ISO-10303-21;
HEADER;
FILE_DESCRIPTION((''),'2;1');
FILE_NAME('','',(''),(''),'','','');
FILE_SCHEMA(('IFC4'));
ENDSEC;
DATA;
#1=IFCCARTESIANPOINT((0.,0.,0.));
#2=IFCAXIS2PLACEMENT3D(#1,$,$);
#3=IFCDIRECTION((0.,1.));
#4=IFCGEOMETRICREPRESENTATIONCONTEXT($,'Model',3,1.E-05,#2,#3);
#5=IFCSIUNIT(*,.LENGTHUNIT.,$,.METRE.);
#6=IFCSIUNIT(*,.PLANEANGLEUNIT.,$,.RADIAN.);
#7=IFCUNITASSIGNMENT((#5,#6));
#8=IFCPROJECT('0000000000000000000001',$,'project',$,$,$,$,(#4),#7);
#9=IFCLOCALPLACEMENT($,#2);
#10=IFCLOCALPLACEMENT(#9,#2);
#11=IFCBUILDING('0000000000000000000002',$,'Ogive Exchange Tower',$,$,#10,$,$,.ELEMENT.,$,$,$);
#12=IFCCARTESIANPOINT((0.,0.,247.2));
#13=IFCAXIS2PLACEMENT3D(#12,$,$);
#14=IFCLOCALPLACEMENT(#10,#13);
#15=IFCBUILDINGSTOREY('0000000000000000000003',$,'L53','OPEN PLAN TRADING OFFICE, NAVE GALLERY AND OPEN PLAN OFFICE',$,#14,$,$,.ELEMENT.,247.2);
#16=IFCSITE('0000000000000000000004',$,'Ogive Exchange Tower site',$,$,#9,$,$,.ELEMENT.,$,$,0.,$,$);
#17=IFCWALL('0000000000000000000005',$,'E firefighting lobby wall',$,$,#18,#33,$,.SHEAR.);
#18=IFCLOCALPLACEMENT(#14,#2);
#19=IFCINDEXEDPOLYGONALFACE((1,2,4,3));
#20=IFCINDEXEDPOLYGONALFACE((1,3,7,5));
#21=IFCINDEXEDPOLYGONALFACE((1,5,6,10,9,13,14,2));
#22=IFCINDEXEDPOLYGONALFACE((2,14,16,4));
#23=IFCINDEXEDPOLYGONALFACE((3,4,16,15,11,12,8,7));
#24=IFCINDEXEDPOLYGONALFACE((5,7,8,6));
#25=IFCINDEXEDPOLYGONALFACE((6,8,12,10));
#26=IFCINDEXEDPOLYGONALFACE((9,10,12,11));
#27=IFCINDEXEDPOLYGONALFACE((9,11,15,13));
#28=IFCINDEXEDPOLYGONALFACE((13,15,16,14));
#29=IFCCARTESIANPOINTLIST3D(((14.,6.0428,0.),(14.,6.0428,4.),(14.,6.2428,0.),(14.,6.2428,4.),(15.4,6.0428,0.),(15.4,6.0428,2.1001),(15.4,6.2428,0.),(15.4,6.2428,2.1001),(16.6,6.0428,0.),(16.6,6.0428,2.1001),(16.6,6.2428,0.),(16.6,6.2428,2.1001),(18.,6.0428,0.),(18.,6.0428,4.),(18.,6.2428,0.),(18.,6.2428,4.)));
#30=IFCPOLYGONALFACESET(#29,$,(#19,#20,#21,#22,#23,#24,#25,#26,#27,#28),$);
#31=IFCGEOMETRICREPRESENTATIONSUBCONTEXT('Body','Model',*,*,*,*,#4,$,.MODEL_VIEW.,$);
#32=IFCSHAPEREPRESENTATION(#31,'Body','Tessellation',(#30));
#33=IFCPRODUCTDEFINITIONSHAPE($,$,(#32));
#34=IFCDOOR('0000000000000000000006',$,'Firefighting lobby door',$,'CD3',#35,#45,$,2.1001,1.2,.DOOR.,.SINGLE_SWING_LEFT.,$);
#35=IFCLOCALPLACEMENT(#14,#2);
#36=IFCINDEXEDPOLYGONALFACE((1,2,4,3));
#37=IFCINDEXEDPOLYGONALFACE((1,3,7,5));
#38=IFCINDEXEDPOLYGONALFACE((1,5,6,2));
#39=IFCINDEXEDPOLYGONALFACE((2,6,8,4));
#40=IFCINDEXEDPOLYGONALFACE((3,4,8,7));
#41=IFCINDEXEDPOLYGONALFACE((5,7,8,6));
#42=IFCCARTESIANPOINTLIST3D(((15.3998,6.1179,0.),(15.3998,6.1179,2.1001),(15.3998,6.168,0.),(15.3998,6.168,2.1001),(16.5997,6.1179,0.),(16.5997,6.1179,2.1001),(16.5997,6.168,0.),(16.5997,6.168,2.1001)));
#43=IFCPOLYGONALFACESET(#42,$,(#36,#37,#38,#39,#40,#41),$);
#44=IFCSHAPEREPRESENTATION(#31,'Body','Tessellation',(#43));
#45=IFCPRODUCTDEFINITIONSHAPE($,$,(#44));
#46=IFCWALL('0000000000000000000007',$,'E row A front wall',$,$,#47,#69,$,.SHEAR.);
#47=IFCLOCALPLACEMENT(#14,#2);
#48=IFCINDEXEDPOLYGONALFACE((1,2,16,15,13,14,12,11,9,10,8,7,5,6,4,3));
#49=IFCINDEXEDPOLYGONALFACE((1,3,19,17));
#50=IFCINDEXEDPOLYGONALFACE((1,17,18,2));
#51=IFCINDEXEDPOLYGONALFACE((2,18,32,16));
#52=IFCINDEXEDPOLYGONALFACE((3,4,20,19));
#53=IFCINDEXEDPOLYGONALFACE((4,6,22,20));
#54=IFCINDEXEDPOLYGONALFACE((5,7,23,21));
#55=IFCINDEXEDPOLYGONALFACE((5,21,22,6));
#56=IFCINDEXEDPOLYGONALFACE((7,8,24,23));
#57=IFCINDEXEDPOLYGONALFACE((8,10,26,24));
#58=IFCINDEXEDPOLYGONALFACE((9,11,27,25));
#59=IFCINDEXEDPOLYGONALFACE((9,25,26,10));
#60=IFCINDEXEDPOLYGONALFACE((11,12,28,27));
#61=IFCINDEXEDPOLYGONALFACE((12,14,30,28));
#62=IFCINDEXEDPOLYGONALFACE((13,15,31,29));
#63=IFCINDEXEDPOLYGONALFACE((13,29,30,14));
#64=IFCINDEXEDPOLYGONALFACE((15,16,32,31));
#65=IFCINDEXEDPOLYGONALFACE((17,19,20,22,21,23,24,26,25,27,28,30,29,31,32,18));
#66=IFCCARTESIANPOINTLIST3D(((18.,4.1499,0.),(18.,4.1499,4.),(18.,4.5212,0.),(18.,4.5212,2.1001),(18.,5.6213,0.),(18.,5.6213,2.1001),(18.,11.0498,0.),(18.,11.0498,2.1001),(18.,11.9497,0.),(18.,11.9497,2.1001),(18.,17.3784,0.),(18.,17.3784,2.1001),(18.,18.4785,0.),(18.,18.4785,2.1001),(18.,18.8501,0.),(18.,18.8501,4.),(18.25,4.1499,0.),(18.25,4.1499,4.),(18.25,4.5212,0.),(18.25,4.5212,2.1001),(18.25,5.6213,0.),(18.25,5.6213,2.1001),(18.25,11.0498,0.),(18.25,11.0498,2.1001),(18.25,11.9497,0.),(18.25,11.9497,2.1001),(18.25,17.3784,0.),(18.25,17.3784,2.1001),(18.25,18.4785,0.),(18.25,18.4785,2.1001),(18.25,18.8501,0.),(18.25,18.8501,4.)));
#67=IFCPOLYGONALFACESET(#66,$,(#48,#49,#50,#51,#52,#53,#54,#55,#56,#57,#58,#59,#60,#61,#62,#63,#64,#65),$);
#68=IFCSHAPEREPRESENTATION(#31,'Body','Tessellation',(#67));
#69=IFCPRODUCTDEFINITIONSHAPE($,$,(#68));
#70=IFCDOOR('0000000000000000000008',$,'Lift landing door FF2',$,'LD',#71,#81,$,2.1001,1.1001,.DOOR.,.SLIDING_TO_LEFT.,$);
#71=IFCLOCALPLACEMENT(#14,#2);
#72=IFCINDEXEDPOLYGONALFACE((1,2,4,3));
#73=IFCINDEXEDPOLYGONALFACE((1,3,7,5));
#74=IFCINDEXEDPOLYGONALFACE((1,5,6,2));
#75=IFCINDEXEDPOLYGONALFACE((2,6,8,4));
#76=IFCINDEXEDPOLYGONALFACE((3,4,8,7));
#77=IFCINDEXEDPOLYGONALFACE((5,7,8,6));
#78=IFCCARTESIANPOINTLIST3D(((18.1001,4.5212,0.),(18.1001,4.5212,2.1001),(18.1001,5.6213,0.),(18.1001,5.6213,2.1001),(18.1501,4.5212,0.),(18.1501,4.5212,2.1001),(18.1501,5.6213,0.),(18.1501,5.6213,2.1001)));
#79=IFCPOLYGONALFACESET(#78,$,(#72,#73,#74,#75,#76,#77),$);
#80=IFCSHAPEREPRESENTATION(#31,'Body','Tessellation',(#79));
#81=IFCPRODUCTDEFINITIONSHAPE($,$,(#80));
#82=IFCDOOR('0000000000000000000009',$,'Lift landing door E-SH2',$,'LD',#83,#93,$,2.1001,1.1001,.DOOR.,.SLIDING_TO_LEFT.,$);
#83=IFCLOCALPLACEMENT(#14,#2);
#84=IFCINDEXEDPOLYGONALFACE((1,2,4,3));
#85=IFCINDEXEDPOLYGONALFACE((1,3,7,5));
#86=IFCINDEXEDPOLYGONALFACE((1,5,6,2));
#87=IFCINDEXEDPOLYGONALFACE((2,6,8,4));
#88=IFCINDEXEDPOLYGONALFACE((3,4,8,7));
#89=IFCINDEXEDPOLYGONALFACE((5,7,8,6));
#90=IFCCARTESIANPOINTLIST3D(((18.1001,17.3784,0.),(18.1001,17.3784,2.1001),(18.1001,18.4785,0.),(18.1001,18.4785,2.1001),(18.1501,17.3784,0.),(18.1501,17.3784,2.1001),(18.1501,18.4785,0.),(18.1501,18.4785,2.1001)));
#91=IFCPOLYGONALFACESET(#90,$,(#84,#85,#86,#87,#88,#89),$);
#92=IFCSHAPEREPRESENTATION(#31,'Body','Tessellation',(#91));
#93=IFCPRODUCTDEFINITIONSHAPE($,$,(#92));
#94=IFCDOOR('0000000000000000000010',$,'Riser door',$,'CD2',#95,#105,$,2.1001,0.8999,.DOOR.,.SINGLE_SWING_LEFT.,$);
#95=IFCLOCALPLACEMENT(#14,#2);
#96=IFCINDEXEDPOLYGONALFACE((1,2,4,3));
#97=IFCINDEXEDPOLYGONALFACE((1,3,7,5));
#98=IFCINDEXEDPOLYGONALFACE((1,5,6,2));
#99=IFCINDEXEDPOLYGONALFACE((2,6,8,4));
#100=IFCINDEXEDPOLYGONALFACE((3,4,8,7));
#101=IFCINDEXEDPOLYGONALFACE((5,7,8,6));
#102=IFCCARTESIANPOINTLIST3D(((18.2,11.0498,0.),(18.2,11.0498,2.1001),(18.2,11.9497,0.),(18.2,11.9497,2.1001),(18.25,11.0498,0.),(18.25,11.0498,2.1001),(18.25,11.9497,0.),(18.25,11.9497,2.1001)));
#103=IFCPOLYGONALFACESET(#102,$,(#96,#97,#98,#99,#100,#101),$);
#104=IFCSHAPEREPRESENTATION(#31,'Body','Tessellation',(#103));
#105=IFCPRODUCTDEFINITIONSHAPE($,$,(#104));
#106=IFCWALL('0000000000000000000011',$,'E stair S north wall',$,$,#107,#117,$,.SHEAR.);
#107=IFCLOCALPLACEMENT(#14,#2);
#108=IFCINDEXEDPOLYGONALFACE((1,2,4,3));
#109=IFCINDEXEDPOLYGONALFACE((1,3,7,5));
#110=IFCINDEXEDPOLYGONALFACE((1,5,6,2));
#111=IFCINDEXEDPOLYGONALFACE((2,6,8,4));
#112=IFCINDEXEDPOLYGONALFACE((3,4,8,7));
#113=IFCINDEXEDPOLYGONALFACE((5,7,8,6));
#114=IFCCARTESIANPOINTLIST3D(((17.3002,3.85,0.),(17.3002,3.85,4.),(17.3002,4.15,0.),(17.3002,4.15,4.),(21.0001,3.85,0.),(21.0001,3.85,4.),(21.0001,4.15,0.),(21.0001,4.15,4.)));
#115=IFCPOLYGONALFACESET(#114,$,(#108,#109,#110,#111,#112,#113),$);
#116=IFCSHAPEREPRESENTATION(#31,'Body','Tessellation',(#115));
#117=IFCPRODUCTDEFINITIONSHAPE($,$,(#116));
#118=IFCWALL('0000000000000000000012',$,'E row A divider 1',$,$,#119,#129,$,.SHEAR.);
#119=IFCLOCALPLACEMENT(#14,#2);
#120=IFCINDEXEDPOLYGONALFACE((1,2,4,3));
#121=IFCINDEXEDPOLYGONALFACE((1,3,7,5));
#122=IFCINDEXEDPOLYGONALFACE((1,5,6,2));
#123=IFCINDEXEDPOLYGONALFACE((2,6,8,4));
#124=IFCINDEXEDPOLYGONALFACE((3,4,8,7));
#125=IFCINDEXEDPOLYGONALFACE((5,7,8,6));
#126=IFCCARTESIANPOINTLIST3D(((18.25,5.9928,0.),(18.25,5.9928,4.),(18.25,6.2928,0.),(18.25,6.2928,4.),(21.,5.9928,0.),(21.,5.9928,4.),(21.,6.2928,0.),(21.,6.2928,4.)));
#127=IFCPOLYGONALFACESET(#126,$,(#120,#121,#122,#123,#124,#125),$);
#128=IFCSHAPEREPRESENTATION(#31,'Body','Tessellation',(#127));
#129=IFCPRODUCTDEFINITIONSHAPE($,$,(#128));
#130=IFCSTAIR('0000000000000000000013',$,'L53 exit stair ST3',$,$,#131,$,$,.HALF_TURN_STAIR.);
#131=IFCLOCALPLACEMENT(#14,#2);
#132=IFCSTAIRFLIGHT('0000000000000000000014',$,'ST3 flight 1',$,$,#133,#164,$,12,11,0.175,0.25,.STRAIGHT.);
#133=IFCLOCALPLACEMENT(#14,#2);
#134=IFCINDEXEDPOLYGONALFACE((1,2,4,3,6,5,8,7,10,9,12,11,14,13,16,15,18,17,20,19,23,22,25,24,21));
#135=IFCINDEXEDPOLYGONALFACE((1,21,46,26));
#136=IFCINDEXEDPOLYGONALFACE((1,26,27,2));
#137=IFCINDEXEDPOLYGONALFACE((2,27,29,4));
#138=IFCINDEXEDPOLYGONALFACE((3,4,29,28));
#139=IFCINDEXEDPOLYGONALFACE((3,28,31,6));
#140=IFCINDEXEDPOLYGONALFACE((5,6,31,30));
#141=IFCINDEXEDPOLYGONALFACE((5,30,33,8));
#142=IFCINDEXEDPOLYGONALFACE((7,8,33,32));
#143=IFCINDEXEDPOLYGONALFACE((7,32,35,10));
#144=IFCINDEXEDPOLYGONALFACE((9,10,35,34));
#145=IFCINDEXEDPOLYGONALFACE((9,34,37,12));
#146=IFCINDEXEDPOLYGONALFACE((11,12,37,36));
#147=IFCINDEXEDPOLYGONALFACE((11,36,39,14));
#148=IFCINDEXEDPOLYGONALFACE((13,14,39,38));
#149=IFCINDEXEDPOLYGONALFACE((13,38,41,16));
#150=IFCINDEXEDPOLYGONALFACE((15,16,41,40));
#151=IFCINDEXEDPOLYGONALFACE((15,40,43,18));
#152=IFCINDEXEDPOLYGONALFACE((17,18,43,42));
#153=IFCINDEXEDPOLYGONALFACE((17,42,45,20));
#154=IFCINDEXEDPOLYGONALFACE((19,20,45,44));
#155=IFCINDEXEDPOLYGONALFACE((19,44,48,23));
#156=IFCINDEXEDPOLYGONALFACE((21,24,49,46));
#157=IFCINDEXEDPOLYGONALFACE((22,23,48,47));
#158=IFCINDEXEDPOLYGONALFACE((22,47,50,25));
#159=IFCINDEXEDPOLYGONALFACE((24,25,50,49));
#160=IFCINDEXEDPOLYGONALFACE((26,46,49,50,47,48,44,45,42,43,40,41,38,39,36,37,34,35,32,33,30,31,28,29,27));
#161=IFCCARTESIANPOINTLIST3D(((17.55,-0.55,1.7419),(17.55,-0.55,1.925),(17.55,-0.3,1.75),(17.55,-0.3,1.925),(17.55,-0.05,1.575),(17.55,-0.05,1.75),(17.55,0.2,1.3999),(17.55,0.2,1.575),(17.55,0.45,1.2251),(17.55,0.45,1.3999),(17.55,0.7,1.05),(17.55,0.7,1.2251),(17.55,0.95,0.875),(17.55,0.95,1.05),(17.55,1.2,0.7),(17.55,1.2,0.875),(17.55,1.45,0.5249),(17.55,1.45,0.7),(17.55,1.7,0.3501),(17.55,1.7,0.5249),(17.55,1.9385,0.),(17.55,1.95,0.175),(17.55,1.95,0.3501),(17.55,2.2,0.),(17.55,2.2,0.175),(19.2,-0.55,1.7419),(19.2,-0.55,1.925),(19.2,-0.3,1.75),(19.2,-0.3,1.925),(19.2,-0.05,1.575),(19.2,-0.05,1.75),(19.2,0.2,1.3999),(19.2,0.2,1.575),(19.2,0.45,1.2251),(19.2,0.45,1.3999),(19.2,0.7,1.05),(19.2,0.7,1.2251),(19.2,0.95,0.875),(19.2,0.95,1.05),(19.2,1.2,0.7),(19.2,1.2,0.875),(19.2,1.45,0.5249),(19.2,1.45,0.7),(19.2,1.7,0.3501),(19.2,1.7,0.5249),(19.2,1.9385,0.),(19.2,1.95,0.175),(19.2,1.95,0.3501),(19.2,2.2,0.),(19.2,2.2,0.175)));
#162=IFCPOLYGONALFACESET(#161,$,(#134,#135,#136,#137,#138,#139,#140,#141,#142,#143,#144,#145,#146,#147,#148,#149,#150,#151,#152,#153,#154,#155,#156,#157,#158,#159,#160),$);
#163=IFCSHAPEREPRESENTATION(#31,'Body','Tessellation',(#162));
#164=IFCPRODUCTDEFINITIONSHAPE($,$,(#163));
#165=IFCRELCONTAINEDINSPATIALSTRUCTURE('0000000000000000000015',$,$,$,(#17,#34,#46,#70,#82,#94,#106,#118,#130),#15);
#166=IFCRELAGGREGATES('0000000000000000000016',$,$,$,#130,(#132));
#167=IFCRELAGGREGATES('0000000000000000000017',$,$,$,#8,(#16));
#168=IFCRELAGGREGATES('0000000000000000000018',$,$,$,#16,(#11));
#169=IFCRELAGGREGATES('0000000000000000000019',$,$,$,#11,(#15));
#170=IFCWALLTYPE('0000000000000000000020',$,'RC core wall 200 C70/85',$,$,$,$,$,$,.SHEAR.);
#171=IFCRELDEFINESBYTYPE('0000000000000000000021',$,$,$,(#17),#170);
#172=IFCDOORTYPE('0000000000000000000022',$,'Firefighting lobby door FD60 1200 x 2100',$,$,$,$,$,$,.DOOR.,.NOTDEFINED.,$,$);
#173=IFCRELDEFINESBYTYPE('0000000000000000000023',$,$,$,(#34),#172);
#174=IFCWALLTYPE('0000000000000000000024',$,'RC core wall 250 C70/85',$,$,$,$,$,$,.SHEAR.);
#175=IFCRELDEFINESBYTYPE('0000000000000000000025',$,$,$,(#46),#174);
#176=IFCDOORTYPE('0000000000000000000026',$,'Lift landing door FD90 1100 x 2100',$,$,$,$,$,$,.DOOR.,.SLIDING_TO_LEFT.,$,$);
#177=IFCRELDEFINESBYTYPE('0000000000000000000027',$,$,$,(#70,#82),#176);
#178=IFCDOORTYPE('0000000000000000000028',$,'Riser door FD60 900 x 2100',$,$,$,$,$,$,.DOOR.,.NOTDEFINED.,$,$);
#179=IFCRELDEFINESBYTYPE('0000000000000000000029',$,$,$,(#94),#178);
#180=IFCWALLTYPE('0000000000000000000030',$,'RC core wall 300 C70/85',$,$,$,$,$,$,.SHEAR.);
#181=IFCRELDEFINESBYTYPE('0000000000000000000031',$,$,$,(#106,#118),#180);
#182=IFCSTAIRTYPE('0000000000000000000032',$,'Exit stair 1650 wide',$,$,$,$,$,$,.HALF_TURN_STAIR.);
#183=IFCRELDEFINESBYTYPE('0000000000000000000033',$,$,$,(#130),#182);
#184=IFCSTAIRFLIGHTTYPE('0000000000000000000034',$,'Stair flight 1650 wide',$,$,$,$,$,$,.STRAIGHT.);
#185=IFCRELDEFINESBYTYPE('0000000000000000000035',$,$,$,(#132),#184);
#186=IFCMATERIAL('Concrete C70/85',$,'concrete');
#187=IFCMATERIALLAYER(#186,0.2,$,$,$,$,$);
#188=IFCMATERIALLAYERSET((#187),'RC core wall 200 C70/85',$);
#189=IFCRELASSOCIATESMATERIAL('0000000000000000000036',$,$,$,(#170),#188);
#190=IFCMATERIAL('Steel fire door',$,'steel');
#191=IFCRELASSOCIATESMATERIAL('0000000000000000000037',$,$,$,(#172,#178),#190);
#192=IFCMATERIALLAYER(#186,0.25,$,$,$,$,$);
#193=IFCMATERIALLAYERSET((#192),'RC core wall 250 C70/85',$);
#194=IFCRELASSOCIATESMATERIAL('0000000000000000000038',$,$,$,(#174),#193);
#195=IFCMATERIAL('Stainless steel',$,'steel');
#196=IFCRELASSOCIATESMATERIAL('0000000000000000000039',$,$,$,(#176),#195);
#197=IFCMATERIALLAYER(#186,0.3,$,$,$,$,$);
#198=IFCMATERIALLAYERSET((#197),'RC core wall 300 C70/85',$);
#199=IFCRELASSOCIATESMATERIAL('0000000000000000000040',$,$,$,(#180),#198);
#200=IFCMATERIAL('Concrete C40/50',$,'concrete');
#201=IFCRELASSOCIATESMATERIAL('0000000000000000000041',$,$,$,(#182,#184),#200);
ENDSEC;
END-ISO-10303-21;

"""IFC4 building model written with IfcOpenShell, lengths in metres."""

from ifc_helpers import new_model, si_unit, direction, frame, frame_2d, origin, place, context, subcontext, project, spatial, polyline, rectangle, outline, extrude, material, layer, layer_set, type_object, element, fill, aggregate, save


model = new_model("IFC4")

# Units and contexts
model_context = context("Model", 3, precision=1e-05, world=origin(), true_north=direction((0.0, 1.0)))
body_context = subcontext(model_context, "Body", "Model", "MODEL_VIEW")
ifc_project = project(units=[si_unit("LENGTHUNIT", "METRE"), si_unit("PLANEANGLEUNIT", "RADIAN")], contexts=[model_context])

# Site, building, storey
site_placement = place(None, origin())
site = spatial("IfcSite", under=ifc_project, at=site_placement, Name="Ogive Exchange Tower site", CompositionType="ELEMENT", RefElevation=0.0)
building_placement = place(site_placement, origin())
building = spatial("IfcBuilding", under=site, at=building_placement, Name="Ogive Exchange Tower", CompositionType="ELEMENT")
storey_placement = place(building_placement, frame((0.0, 0.0, 247.2)))
storey = spatial("IfcBuildingStorey", under=building, at=storey_placement, Name="L53", Description="OPEN PLAN TRADING OFFICE, NAVE GALLERY AND OPEN PLAN OFFICE", CompositionType="ELEMENT", Elevation=247.2)

# Wall, opening, door
ifc_material_1 = material(Name="Concrete C70/85", Category="concrete")
ifc_layer_1 = layer(ifc_material_1, 0.2)
ifc_layer_set_1 = layer_set([ifc_layer_1], Name="RC core wall 200 C70/85")
wall_type_1 = type_object("IfcWallType", Name="RC core wall 200 C70/85", PredefinedType="SHEAR", material=ifc_layer_set_1)
wall_1_placement = place(storey_placement, frame((14.0, 6.1428, 0.0), z_axis=(0.0, 0.0, 1.0), x_axis=(1.0, 0.0, 0.0)))
wall_1 = element("IfcWall", 1, at=wall_1_placement, inside=storey, type_object=wall_type_1, Name="E firefighting lobby wall", PredefinedType="SHEAR", context=body_context, shape_type="SweptSolid", body=[
    extrude(rectangle(XDim=4.0, YDim=0.2, at=frame_2d((2.0, 0.0))), origin(), (0.0, 0.0, 1.0), 4.0),
])
opening_1_placement = place(wall_1_placement, frame((1.3999, 0.0, 0.0)))
opening_1 = element("IfcOpeningElement", 2, at=opening_1_placement, cuts=wall_1, PredefinedType="OPENING", context=body_context, shape_type="SweptSolid", body=[
    extrude(rectangle(XDim=1.2, YDim=2.1001, at=frame_2d((0.6001, 1.05))), frame((0.0, 0.1099, 0.0), z_axis=(0.0, -1.0, 0.0), x_axis=(1.0, 0.0, 0.0)), (0.0, 0.0, 1.0), 0.22),
])
ifc_material_2 = material(Name="Steel fire door", Category="steel")
door_type_1 = type_object("IfcDoorType", Name="Firefighting lobby door FD60 1200 x 2100", OperationType="NOTDEFINED", PredefinedType="DOOR", material=ifc_material_2)
door_1_placement = place(opening_1_placement, frame((1.2, 0.0, 0.0), z_axis=(0.0, 0.0, 1.0), x_axis=(-1.0, 0.0, 0.0)))
door_1 = element("IfcDoor", 3, at=door_1_placement, inside=storey, type_object=door_type_1, Name="Firefighting lobby door", ObjectType="CD3", OperationType="SINGLE_SWING_LEFT", OverallHeight=2.1001, OverallWidth=1.2, PredefinedType="DOOR", context=body_context, shape_type="SweptSolid", body=[
    extrude(rectangle(XDim=1.2, YDim=2.1001, at=frame_2d((0.6001, 1.05))), frame((0.0, 0.0249, 0.0), z_axis=(0.0, -1.0, 0.0), x_axis=(1.0, 0.0, 0.0)), (0.0, 0.0, 1.0), 0.05),
])
fill(opening_1, door_1)

# Wall, openings, doors
ifc_layer_2 = layer(ifc_material_1, 0.25)
ifc_layer_set_2 = layer_set([ifc_layer_2], Name="RC core wall 250 C70/85")
wall_type_2 = type_object("IfcWallType", Name="RC core wall 250 C70/85", PredefinedType="SHEAR", material=ifc_layer_set_2)
wall_2_placement = place(storey_placement, frame((18.125, 4.1499, 0.0), z_axis=(0.0, 0.0, 1.0), x_axis=(0.0, 1.0, 0.0)))
wall_2 = element("IfcWall", 4, at=wall_2_placement, inside=storey, type_object=wall_type_2, Name="E row A front wall", PredefinedType="SHEAR", context=body_context, shape_type="SweptSolid", body=[
    extrude(rectangle(XDim=14.7002, YDim=0.25, at=frame_2d((7.3501, 0.0))), origin(), (0.0, 0.0, 1.0), 4.0),
])
opening_2_placement = place(wall_2_placement, frame((6.8999, 0.0, 0.0)))
opening_2 = element("IfcOpeningElement", 5, at=opening_2_placement, cuts=wall_2, PredefinedType="OPENING", context=body_context, shape_type="SweptSolid", body=[
    extrude(rectangle(XDim=0.8999, YDim=2.1001, at=frame_2d((0.45, 1.05))), frame((0.0, 0.135, 0.0), z_axis=(0.0, -1.0, 0.0), x_axis=(1.0, 0.0, 0.0)), (0.0, 0.0, 1.0), 0.27),
])
opening_3_placement = place(wall_2_placement, frame((0.3713, 0.0, 0.0)))
opening_3 = element("IfcOpeningElement", 6, at=opening_3_placement, cuts=wall_2, PredefinedType="OPENING", context=body_context, shape_type="SweptSolid", body=[
    extrude(rectangle(XDim=1.1001, YDim=2.1001, at=frame_2d((0.55, 1.05))), frame((0.0, 0.135, 0.0), z_axis=(0.0, -1.0, 0.0), x_axis=(1.0, 0.0, 0.0)), (0.0, 0.0, 1.0), 0.27),
])
opening_4_placement = place(wall_2_placement, frame((13.2285, 0.0, 0.0)))
opening_4 = element("IfcOpeningElement", 7, at=opening_4_placement, cuts=wall_2, PredefinedType="OPENING", context=body_context, shape_type="SweptSolid", body=[
    extrude(rectangle(XDim=1.1001, YDim=2.1001, at=frame_2d((0.55, 1.05))), frame((0.0, 0.135, 0.0), z_axis=(0.0, -1.0, 0.0), x_axis=(1.0, 0.0, 0.0)), (0.0, 0.0, 1.0), 0.27),
])
ifc_material_3 = material(Name="Stainless steel", Category="steel")
door_type_2 = type_object("IfcDoorType", Name="Lift landing door FD90 1100 x 2100", OperationType="SLIDING_TO_LEFT", PredefinedType="DOOR", material=ifc_material_3)
door_2_placement = place(opening_3_placement, origin())
door_2 = element("IfcDoor", 8, at=door_2_placement, inside=storey, type_object=door_type_2, Name="Lift landing door FF2", ObjectType="LD", OperationType="SLIDING_TO_LEFT", OverallHeight=2.1001, OverallWidth=1.1001, PredefinedType="DOOR", context=body_context, shape_type="SweptSolid", body=[
    extrude(rectangle(XDim=1.1001, YDim=2.1001, at=frame_2d((0.55, 1.05))), frame((0.0, 0.0249, 0.0), z_axis=(0.0, -1.0, 0.0), x_axis=(1.0, 0.0, 0.0)), (0.0, 0.0, 1.0), 0.05),
])
fill(opening_3, door_2)
door_3_placement = place(opening_4_placement, origin())
door_3 = element("IfcDoor", 9, at=door_3_placement, inside=storey, type_object=door_type_2, Name="Lift landing door E-SH2", ObjectType="LD", OperationType="SLIDING_TO_LEFT", OverallHeight=2.1001, OverallWidth=1.1001, PredefinedType="DOOR", context=body_context, shape_type="SweptSolid", body=[
    extrude(rectangle(XDim=1.1001, YDim=2.1001, at=frame_2d((0.55, 1.05))), frame((0.0, 0.0249, 0.0), z_axis=(0.0, -1.0, 0.0), x_axis=(1.0, 0.0, 0.0)), (0.0, 0.0, 1.0), 0.05),
])
fill(opening_4, door_3)
door_type_3 = type_object("IfcDoorType", Name="Riser door FD60 900 x 2100", OperationType="NOTDEFINED", PredefinedType="DOOR", material=ifc_material_2)
door_4_placement = place(opening_2_placement, frame((0.8999, -0.2002, 0.0), z_axis=(0.0, 0.0, 1.0), x_axis=(-1.0, 0.0, 0.0)))
door_4 = element("IfcDoor", 10, at=door_4_placement, inside=storey, type_object=door_type_3, Name="Riser door", ObjectType="CD2", OperationType="SINGLE_SWING_LEFT", OverallHeight=2.1001, OverallWidth=0.8999, PredefinedType="DOOR", context=body_context, shape_type="SweptSolid", body=[
    extrude(rectangle(XDim=0.8999, YDim=2.1001, at=frame_2d((0.45, 1.05))), frame((0.0, -0.0752, 0.0), z_axis=(0.0, -1.0, 0.0), x_axis=(1.0, 0.0, 0.0)), (0.0, 0.0, 1.0), 0.05),
])
fill(opening_2, door_4)

# Walls
ifc_layer_3 = layer(ifc_material_1, 0.3)
ifc_layer_set_3 = layer_set([ifc_layer_3], Name="RC core wall 300 C70/85")
wall_type_3 = type_object("IfcWallType", Name="RC core wall 300 C70/85", PredefinedType="SHEAR", material=ifc_layer_set_3)
wall_3_placement = place(storey_placement, frame((17.3, 4.0, 0.0), z_axis=(0.0, 0.0, 1.0), x_axis=(1.0, 0.0, 0.0)))
element("IfcWall", 11, at=wall_3_placement, inside=storey, type_object=wall_type_3, Name="E stair S north wall", PredefinedType="SHEAR", context=body_context, shape_type="SweptSolid", body=[
    extrude(rectangle(XDim=3.7, YDim=0.3, at=frame_2d((1.8501, 0.0))), origin(), (0.0, 0.0, 1.0), 4.0),
])
wall_4_placement = place(storey_placement, frame((18.25, 6.1428, 0.0), z_axis=(0.0, 0.0, 1.0), x_axis=(1.0, 0.0, 0.0)))
element("IfcWall", 12, at=wall_4_placement, inside=storey, type_object=wall_type_3, Name="E row A divider 1", PredefinedType="SHEAR", context=body_context, shape_type="SweptSolid", body=[
    extrude(rectangle(XDim=2.75, YDim=0.3, at=frame_2d((1.375, 0.0))), origin(), (0.0, 0.0, 1.0), 4.0),
])

# Stair, stair flight
ifc_material_4 = material(Name="Concrete C40/50", Category="concrete")
stair_type = type_object("IfcStairType", Name="Exit stair 1650 wide", PredefinedType="HALF_TURN_STAIR", material=ifc_material_4)
stair_placement = place(storey_placement, origin())
stair = element("IfcStair", 13, at=stair_placement, inside=storey, type_object=stair_type, Name="L53 exit stair ST3", PredefinedType="HALF_TURN_STAIR")
stair_flight_type = type_object("IfcStairFlightType", Name="Stair flight 1650 wide", PredefinedType="STRAIGHT", material=ifc_material_4)
stair_flight_placement = place(storey_placement, frame((18.375, 2.2, 0.0), z_axis=(0.0, 0.0, 1.0), x_axis=(0.0, -1.0, 0.0)))
stair_flight = element("IfcStairFlight", 14, at=stair_flight_placement, type_object=stair_flight_type, Name="ST3 flight 1", NumberOfRisers=12, NumberOfTreads=11, PredefinedType="STRAIGHT", RiserHeight=0.175, TreadLength=0.25, context=body_context, shape_type="SweptSolid", body=[
    extrude(outline(polyline([(0.0, 0.0), (0.0, 0.175), (0.25, 0.175), (0.25, 0.3501), (0.5, 0.3501), (0.5, 0.5249), (0.75, 0.5249), (0.75, 0.7), (1.0, 0.7), (1.0, 0.875), (1.25, 0.875), (1.25, 1.05), (1.5, 1.05), (1.5, 1.2251), (1.75, 1.2251), (1.75, 1.3999), (2.0, 1.3999), (2.0, 1.575), (2.25, 1.575), (2.25, 1.75), (2.5, 1.75), (2.5, 1.925), (2.75, 1.925), (2.75, 2.1001), (2.75, 1.7419), (0.2615, 0.0), (0.0, 0.0)])), frame((0.0, 0.825, 0.0), z_axis=(0.0, -1.0, 0.0), x_axis=(1.0, 0.0, 0.0)), (0.0, 0.0, 1.0), 1.6499),
])
aggregate(stair, [stair_flight])

save(model, "model.ifc")
